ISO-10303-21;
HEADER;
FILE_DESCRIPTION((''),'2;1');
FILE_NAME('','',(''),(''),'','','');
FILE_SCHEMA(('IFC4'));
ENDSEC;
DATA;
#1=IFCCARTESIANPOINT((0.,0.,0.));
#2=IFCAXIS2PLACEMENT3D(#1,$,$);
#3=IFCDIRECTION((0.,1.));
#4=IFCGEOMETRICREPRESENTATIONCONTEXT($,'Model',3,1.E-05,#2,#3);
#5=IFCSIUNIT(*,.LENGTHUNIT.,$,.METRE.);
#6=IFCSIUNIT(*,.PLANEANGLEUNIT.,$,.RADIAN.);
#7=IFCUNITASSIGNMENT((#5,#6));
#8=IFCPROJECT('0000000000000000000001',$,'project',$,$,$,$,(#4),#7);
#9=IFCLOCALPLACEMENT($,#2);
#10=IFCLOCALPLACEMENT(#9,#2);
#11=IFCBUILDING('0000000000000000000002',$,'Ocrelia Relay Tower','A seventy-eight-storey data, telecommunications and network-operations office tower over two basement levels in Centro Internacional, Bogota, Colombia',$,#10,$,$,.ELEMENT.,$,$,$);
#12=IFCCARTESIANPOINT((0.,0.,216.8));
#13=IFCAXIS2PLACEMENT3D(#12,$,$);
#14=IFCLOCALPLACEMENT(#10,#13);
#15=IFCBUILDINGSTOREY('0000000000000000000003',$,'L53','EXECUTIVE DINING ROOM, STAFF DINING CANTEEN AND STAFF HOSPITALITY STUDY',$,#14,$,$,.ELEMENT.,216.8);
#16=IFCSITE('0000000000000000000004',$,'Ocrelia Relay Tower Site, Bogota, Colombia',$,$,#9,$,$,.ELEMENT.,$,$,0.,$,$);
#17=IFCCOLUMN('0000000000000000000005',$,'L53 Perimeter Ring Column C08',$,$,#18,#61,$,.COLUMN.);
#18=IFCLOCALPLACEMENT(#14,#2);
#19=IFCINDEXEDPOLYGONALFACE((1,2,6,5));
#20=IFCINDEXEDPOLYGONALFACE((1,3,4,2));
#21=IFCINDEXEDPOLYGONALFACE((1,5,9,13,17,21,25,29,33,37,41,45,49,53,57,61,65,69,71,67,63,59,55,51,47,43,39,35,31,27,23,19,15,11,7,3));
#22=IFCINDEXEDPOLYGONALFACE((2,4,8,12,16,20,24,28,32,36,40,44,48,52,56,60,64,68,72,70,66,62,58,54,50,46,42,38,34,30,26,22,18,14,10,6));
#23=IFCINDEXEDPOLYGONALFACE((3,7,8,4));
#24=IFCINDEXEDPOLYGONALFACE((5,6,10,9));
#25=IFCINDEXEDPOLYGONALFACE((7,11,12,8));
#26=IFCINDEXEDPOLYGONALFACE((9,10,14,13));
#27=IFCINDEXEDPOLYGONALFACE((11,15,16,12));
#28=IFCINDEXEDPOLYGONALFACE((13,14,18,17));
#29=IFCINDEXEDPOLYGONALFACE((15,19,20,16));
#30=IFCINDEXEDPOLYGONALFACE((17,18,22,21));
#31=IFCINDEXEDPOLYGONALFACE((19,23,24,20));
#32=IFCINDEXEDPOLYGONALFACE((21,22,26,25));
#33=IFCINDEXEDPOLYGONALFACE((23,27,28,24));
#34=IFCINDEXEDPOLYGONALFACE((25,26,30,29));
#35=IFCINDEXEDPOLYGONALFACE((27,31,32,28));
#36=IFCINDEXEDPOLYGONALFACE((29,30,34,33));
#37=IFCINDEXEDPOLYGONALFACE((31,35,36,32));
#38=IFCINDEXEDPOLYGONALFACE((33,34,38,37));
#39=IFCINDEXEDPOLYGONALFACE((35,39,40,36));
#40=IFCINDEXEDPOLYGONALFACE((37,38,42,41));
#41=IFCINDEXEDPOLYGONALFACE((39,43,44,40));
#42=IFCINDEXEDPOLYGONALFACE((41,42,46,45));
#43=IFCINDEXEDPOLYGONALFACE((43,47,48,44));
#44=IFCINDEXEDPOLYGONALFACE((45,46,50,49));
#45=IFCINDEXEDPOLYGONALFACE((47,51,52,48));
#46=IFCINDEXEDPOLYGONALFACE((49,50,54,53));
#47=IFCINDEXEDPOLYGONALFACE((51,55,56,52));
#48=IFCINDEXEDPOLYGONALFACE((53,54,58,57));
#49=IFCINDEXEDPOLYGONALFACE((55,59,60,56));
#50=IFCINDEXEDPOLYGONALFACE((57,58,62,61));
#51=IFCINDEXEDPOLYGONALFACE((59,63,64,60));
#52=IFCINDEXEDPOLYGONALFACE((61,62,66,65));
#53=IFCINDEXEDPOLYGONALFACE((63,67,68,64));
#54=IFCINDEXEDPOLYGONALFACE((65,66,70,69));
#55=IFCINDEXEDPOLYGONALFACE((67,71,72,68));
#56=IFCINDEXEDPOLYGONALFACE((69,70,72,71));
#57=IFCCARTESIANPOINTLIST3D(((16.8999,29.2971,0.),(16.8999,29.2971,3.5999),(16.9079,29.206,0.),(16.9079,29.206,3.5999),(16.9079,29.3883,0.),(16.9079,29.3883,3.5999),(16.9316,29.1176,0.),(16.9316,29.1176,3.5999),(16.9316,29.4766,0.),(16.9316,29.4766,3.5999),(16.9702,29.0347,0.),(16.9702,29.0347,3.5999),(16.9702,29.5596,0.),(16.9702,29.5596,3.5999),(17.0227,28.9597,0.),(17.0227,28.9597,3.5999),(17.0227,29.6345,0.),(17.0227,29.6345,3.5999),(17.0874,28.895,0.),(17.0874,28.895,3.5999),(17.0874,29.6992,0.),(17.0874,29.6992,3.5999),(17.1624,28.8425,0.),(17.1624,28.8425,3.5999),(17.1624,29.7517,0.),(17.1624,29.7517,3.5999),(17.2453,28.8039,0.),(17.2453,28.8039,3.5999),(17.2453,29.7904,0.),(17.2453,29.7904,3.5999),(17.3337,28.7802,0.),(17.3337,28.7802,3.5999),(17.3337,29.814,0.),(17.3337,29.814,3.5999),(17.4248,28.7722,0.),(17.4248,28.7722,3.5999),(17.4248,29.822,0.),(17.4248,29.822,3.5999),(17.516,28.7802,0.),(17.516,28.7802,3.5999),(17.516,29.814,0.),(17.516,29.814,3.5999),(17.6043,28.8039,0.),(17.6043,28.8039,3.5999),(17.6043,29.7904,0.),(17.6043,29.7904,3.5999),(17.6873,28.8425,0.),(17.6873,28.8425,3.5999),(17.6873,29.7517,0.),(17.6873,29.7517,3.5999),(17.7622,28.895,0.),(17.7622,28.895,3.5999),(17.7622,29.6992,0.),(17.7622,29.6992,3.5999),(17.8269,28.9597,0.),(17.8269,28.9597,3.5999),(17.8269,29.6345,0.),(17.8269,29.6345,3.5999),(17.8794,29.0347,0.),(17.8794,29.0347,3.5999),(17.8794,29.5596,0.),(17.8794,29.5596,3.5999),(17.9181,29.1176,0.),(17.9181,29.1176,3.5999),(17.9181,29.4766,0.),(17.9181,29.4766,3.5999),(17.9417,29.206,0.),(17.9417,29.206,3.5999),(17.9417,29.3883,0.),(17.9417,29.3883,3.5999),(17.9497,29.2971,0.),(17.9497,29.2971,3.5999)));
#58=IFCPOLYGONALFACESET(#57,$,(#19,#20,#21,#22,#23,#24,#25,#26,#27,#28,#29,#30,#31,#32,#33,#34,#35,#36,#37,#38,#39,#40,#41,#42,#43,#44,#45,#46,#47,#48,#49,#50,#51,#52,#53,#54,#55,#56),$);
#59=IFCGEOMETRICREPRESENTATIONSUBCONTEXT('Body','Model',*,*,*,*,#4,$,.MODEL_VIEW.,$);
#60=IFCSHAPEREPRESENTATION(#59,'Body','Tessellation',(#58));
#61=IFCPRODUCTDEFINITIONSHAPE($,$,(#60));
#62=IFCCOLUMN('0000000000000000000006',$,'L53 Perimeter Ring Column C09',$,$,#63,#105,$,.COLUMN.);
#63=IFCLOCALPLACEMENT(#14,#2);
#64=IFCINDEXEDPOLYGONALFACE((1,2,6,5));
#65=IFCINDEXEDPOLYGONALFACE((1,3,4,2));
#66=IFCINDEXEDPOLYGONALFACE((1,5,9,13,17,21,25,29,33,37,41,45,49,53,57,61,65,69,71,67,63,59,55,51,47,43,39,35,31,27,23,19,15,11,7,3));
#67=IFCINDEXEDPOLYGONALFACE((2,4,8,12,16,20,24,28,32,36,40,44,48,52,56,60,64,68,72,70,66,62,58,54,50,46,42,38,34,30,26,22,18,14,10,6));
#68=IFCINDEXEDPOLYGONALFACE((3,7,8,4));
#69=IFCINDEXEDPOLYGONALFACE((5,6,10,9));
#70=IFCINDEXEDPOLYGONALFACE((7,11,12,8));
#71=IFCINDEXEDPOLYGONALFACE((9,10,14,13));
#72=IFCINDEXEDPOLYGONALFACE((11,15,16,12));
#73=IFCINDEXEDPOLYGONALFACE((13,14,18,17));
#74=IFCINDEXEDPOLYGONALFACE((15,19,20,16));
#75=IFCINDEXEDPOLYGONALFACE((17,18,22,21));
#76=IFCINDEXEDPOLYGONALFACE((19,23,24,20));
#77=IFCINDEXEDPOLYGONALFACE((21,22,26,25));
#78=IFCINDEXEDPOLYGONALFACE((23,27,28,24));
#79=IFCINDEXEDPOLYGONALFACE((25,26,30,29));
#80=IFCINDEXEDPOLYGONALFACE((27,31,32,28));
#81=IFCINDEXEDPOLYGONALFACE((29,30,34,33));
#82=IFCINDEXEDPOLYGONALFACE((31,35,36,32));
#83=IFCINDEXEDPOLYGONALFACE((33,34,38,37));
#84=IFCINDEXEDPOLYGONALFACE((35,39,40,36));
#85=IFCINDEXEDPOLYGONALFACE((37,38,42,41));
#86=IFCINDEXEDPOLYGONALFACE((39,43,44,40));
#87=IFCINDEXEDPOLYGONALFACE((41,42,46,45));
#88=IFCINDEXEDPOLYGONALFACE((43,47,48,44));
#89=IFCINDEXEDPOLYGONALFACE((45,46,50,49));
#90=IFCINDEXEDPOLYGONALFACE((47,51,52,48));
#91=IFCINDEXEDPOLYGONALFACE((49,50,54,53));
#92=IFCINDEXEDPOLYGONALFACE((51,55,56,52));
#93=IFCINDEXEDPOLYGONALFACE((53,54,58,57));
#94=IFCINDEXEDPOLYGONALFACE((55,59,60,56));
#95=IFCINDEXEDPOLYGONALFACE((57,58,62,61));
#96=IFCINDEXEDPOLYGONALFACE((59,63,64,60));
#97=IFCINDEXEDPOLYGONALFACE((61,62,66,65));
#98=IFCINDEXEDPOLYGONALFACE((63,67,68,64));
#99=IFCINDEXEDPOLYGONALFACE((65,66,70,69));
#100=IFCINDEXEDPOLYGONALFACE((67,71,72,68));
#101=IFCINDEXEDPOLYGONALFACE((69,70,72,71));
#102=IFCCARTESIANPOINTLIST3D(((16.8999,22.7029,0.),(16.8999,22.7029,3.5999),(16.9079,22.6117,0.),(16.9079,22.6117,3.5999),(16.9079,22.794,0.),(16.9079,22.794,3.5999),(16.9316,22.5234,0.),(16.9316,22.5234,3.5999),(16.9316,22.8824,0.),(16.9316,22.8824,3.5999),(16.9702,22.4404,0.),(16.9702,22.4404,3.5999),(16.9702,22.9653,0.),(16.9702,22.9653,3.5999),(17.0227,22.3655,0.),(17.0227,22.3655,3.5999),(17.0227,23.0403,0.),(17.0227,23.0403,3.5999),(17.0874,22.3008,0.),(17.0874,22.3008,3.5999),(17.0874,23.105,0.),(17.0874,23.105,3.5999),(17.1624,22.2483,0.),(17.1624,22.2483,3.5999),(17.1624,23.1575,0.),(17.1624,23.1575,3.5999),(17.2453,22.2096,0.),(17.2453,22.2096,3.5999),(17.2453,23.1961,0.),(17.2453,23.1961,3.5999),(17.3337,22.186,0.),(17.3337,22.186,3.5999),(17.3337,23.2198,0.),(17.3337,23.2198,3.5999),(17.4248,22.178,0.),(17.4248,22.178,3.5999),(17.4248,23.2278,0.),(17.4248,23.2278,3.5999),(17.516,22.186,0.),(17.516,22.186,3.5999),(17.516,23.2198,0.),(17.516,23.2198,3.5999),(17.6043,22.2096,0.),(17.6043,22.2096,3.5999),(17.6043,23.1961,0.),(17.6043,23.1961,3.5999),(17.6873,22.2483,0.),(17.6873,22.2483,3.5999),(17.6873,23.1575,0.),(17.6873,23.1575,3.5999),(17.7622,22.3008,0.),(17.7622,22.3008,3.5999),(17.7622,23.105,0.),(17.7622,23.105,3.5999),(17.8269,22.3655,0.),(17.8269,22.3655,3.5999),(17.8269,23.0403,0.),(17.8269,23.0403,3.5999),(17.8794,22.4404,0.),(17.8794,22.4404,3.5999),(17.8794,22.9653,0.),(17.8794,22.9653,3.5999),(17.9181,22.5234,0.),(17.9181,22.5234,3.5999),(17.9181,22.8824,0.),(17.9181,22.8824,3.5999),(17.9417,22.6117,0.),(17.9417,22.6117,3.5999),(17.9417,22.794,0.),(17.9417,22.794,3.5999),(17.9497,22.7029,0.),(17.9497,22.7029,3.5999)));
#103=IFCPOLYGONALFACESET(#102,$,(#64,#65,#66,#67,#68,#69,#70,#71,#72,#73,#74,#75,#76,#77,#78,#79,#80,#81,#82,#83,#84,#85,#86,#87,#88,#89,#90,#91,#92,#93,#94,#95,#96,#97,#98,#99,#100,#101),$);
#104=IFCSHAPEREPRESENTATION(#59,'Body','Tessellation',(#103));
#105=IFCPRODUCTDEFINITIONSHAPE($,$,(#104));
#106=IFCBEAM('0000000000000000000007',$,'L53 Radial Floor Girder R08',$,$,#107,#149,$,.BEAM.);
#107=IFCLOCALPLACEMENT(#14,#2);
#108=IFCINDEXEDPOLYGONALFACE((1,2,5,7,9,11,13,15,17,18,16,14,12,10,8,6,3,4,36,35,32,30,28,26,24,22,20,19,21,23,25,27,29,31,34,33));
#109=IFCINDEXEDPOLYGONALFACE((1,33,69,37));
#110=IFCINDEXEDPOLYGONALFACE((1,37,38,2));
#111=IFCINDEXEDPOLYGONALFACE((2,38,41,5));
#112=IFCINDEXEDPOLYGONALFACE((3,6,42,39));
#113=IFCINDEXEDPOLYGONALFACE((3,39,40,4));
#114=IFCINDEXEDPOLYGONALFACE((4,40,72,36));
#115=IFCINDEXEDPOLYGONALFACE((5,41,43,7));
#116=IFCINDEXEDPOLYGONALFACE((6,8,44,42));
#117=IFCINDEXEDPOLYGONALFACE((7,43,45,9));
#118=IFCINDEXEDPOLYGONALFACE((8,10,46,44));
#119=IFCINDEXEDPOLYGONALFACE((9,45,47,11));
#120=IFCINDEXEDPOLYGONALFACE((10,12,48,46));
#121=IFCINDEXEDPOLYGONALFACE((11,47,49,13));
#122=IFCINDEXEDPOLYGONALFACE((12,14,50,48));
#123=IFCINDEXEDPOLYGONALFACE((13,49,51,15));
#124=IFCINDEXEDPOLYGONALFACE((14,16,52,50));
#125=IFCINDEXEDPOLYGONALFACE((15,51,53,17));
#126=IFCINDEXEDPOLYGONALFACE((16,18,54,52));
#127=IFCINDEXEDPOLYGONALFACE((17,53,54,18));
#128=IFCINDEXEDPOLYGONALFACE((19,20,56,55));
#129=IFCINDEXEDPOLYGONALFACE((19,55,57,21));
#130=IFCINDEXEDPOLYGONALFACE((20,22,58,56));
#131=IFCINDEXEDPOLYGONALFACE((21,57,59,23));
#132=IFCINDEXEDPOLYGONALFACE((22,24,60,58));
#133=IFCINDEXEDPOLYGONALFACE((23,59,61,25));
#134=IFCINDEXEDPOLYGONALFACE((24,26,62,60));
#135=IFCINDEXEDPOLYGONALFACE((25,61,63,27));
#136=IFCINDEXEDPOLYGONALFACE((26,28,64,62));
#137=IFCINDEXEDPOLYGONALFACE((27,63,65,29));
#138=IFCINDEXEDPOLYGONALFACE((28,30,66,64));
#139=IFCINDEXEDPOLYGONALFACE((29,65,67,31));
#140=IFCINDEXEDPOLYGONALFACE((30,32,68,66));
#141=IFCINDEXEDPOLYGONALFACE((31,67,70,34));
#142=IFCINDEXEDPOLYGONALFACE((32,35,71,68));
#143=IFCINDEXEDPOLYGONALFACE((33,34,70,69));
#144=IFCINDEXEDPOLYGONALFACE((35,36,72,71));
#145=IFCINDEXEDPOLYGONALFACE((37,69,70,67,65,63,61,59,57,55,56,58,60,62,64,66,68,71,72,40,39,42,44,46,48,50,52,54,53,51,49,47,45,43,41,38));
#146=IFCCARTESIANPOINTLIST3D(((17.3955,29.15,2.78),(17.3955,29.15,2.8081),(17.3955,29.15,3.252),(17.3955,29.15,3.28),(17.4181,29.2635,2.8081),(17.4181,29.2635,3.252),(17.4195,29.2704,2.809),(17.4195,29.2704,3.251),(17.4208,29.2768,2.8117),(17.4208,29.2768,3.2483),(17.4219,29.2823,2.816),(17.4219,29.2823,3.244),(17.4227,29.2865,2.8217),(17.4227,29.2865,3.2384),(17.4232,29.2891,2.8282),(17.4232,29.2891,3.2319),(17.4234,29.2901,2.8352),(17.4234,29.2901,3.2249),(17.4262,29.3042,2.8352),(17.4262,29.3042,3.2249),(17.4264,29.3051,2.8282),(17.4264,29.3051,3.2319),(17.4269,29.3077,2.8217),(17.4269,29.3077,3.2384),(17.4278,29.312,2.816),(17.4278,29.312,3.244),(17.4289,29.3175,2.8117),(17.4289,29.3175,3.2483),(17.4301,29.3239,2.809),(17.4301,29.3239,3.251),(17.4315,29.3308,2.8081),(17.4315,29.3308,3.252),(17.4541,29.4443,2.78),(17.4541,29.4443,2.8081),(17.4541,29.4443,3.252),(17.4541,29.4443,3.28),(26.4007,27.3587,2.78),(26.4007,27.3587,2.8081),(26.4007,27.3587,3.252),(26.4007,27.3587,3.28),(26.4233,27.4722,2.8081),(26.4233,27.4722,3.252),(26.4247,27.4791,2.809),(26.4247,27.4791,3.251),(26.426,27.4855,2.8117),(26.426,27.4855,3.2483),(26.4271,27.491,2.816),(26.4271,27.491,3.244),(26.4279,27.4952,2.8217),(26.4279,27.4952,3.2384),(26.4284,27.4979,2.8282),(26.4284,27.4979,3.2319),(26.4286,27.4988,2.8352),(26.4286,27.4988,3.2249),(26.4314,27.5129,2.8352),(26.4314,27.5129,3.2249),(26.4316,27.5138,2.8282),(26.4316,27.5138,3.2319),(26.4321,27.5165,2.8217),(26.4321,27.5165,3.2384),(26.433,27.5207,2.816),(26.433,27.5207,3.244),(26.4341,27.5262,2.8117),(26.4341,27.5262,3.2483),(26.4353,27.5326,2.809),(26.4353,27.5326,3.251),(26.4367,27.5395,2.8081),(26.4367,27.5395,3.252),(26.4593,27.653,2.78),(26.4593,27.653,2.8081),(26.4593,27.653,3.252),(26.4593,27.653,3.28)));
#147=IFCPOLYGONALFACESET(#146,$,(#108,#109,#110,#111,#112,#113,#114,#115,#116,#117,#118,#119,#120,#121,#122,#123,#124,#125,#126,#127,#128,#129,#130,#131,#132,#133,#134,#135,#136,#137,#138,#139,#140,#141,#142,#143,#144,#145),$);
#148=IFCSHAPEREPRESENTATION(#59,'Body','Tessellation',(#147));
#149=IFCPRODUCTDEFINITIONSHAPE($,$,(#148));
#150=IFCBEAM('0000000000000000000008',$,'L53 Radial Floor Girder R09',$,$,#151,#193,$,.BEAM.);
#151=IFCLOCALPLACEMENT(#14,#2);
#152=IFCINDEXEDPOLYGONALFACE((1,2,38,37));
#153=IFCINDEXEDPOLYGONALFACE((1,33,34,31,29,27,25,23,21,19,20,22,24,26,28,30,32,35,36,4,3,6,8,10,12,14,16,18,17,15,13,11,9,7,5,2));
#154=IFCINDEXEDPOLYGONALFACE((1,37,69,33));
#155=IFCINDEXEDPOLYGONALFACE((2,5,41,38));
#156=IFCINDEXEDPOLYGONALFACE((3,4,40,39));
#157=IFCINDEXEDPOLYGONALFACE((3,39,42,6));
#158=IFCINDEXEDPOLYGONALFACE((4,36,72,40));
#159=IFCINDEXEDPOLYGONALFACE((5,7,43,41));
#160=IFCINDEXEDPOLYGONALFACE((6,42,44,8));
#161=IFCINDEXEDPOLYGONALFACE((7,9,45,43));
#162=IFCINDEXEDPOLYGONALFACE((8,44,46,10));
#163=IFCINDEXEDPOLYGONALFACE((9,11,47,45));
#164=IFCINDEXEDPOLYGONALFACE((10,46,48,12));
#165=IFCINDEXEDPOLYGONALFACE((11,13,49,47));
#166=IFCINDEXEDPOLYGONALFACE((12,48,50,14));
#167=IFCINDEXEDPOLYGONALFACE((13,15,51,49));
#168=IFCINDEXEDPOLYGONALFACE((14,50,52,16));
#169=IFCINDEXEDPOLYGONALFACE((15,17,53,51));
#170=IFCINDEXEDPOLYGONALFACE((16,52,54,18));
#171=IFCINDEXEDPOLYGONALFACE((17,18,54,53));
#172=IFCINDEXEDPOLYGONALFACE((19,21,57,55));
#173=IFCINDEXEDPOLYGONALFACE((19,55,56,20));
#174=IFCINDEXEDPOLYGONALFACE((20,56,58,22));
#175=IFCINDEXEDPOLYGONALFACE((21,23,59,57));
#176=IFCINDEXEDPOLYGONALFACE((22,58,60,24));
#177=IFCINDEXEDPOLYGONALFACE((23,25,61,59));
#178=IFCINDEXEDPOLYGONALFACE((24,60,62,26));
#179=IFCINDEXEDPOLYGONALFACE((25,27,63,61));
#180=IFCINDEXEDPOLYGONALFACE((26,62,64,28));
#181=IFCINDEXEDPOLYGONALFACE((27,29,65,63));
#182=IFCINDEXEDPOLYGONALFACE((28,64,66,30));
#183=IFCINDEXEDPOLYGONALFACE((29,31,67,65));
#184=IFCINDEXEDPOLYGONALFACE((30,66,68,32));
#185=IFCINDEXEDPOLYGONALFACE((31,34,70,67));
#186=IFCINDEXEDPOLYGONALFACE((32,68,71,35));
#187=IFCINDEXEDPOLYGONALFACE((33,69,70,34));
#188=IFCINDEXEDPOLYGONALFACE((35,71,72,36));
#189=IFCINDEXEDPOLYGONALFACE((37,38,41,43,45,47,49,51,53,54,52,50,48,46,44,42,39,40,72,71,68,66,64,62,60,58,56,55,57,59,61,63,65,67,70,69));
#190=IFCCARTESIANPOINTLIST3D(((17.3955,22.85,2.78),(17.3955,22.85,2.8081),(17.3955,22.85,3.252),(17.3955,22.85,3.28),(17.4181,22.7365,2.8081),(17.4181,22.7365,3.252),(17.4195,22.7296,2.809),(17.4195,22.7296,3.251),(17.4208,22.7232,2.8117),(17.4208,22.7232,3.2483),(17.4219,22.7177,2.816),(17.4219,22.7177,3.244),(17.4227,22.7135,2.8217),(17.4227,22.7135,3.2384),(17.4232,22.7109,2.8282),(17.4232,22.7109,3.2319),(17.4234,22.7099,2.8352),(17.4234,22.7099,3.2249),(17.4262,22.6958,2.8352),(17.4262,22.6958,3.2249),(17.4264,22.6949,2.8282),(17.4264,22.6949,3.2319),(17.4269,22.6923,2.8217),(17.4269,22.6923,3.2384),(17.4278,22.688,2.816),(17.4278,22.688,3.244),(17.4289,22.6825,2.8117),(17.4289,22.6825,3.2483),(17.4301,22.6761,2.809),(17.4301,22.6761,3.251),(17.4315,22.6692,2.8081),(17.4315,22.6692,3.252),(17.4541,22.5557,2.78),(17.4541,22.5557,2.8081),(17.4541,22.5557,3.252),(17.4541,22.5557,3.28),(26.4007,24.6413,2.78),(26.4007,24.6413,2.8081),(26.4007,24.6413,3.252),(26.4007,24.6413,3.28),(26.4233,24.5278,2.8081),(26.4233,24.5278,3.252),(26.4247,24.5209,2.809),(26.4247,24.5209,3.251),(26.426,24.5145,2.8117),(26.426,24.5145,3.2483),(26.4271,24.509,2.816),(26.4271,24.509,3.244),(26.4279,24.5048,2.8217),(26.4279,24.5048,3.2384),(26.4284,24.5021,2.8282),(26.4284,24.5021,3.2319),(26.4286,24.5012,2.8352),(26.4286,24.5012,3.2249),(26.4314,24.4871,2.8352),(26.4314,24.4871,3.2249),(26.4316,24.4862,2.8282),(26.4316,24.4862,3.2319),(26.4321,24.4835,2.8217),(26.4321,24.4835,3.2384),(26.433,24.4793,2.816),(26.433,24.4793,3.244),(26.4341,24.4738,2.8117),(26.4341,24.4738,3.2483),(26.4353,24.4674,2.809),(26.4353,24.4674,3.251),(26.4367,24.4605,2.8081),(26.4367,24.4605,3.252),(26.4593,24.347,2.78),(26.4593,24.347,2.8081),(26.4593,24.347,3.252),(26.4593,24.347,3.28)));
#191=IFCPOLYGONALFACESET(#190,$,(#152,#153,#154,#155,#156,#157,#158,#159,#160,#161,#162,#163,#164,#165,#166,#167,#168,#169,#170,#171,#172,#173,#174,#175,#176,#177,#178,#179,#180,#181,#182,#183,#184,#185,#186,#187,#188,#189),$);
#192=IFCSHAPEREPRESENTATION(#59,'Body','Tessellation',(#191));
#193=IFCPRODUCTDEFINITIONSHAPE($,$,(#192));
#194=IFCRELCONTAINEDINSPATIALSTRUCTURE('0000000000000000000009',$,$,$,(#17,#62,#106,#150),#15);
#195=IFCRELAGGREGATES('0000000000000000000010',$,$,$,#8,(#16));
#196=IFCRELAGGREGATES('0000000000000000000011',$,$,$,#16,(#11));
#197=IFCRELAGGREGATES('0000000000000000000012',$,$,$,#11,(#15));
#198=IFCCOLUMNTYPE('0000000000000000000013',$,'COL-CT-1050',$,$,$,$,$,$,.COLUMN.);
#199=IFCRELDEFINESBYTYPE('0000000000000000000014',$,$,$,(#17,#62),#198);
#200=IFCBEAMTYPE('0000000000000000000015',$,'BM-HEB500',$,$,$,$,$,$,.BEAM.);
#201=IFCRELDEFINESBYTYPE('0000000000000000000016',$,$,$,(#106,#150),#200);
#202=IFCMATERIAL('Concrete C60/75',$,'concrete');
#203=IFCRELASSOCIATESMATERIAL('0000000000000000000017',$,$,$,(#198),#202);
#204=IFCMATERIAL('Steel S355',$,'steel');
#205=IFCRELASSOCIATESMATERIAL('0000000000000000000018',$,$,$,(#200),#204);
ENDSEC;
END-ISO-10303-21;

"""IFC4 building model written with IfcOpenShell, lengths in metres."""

from ifc_helpers import new_model, si_unit, direction, frame, origin, origin_2d, place, context, subcontext, project, spatial, circle, i_section, extrude, material, material_profile, profile_set, type_object, element, save


model = new_model("IFC4")

# Units and contexts
model_context = context("Model", 3, precision=1e-05, world=origin(), true_north=direction((0.0, 1.0)))
body_context = subcontext(model_context, "Body", "Model", "MODEL_VIEW")
ifc_project = project(units=[si_unit("LENGTHUNIT", "METRE"), si_unit("PLANEANGLEUNIT", "RADIAN")], contexts=[model_context])

# Site, building, storey
site_placement = place(None, origin())
site = spatial("IfcSite", under=ifc_project, at=site_placement, Name="Ocrelia Relay Tower Site, Bogota, Colombia", CompositionType="ELEMENT", RefElevation=0.0)
building_placement = place(site_placement, origin())
building = spatial("IfcBuilding", under=site, at=building_placement, Name="Ocrelia Relay Tower", Description="A seventy-eight-storey data, telecommunications and network-operations office tower over two basement levels in Centro Internacional, Bogota, Colombia", CompositionType="ELEMENT")
storey_placement = place(building_placement, frame((0.0, 0.0, 216.8)))
storey = spatial("IfcBuildingStorey", under=building, at=storey_placement, Name="L53", Description="EXECUTIVE DINING ROOM, STAFF DINING CANTEEN AND STAFF HOSPITALITY STUDY", CompositionType="ELEMENT", Elevation=216.8)

# Columns
ifc_material_1 = material(Name="Concrete C60/75", Category="concrete")
ifc_material_profile_1 = material_profile(ifc_material_1, circle(Radius=0.5249, at=origin_2d()), Name="RC-CIR-1050")
ifc_profile_set_1 = profile_set([ifc_material_profile_1], Name="Concrete C60/75")
column_type = type_object("IfcColumnType", Name="COL-CT-1050", PredefinedType="COLUMN", material=ifc_profile_set_1)
for number, where, z_axis, x_axis, name in (
    (1, (17.4248, 29.2971, 0.0), (0.0, 0.0, 1.0), (1.0, 0.0, 0.0), "L53 Perimeter Ring Column C08"),
    (2, (17.4248, 22.7029, 0.0), (0.0, 0.0, 1.0), (1.0, 0.0, 0.0), "L53 Perimeter Ring Column C09"),
):
    element("IfcColumn", number, at=place(storey_placement, frame(where, z_axis=z_axis, x_axis=x_axis)), inside=storey, type_object=column_type, Name=name, PredefinedType="COLUMN", context=body_context, shape_type="SweptSolid", body=[
        extrude(circle(Radius=0.5249, at=origin_2d()), origin(), (0.0, 0.0, 1.0), 3.5999),
    ])

# Beams
ifc_material_2 = material(Name="Steel S355", Category="steel")
ifc_material_profile_2 = material_profile(ifc_material_2, i_section(OverallWidth=0.3, OverallDepth=0.5, WebThickness=0.0144, FlangeThickness=0.0281, FilletRadius=0.0271, at=origin_2d()), Name="HEB 500")
ifc_profile_set_2 = profile_set([ifc_material_profile_2], Name="Steel S355")
beam_type_1 = type_object("IfcBeamType", Name="BM-HEB500", PredefinedType="BEAM", material=ifc_profile_set_2)
for number, where, z_axis, x_axis, name in (
    (3, (17.4248, 29.2971, 3.03), (0.980785, -0.195093, 0.0), (0.195093, 0.980785, 0.0), "L53 Radial Floor Girder R08"),
    (4, (17.4248, 22.7029, 3.03), (0.980785, 0.195093, 0.0), (-0.195093, 0.980785, 0.0), "L53 Radial Floor Girder R09"),
):
    element("IfcBeam", number, at=place(storey_placement, frame(where, z_axis=z_axis, x_axis=x_axis)), inside=storey, type_object=beam_type_1, Name=name, PredefinedType="BEAM", context=body_context, shape_type="SweptSolid", body=[
        extrude(i_section(OverallWidth=0.3, OverallDepth=0.5, WebThickness=0.0144, FlangeThickness=0.0281, FilletRadius=0.0271, at=origin_2d()), origin(), (0.0, 0.0, 1.0), 9.1816),
    ])

save(model, "model.ifc")
